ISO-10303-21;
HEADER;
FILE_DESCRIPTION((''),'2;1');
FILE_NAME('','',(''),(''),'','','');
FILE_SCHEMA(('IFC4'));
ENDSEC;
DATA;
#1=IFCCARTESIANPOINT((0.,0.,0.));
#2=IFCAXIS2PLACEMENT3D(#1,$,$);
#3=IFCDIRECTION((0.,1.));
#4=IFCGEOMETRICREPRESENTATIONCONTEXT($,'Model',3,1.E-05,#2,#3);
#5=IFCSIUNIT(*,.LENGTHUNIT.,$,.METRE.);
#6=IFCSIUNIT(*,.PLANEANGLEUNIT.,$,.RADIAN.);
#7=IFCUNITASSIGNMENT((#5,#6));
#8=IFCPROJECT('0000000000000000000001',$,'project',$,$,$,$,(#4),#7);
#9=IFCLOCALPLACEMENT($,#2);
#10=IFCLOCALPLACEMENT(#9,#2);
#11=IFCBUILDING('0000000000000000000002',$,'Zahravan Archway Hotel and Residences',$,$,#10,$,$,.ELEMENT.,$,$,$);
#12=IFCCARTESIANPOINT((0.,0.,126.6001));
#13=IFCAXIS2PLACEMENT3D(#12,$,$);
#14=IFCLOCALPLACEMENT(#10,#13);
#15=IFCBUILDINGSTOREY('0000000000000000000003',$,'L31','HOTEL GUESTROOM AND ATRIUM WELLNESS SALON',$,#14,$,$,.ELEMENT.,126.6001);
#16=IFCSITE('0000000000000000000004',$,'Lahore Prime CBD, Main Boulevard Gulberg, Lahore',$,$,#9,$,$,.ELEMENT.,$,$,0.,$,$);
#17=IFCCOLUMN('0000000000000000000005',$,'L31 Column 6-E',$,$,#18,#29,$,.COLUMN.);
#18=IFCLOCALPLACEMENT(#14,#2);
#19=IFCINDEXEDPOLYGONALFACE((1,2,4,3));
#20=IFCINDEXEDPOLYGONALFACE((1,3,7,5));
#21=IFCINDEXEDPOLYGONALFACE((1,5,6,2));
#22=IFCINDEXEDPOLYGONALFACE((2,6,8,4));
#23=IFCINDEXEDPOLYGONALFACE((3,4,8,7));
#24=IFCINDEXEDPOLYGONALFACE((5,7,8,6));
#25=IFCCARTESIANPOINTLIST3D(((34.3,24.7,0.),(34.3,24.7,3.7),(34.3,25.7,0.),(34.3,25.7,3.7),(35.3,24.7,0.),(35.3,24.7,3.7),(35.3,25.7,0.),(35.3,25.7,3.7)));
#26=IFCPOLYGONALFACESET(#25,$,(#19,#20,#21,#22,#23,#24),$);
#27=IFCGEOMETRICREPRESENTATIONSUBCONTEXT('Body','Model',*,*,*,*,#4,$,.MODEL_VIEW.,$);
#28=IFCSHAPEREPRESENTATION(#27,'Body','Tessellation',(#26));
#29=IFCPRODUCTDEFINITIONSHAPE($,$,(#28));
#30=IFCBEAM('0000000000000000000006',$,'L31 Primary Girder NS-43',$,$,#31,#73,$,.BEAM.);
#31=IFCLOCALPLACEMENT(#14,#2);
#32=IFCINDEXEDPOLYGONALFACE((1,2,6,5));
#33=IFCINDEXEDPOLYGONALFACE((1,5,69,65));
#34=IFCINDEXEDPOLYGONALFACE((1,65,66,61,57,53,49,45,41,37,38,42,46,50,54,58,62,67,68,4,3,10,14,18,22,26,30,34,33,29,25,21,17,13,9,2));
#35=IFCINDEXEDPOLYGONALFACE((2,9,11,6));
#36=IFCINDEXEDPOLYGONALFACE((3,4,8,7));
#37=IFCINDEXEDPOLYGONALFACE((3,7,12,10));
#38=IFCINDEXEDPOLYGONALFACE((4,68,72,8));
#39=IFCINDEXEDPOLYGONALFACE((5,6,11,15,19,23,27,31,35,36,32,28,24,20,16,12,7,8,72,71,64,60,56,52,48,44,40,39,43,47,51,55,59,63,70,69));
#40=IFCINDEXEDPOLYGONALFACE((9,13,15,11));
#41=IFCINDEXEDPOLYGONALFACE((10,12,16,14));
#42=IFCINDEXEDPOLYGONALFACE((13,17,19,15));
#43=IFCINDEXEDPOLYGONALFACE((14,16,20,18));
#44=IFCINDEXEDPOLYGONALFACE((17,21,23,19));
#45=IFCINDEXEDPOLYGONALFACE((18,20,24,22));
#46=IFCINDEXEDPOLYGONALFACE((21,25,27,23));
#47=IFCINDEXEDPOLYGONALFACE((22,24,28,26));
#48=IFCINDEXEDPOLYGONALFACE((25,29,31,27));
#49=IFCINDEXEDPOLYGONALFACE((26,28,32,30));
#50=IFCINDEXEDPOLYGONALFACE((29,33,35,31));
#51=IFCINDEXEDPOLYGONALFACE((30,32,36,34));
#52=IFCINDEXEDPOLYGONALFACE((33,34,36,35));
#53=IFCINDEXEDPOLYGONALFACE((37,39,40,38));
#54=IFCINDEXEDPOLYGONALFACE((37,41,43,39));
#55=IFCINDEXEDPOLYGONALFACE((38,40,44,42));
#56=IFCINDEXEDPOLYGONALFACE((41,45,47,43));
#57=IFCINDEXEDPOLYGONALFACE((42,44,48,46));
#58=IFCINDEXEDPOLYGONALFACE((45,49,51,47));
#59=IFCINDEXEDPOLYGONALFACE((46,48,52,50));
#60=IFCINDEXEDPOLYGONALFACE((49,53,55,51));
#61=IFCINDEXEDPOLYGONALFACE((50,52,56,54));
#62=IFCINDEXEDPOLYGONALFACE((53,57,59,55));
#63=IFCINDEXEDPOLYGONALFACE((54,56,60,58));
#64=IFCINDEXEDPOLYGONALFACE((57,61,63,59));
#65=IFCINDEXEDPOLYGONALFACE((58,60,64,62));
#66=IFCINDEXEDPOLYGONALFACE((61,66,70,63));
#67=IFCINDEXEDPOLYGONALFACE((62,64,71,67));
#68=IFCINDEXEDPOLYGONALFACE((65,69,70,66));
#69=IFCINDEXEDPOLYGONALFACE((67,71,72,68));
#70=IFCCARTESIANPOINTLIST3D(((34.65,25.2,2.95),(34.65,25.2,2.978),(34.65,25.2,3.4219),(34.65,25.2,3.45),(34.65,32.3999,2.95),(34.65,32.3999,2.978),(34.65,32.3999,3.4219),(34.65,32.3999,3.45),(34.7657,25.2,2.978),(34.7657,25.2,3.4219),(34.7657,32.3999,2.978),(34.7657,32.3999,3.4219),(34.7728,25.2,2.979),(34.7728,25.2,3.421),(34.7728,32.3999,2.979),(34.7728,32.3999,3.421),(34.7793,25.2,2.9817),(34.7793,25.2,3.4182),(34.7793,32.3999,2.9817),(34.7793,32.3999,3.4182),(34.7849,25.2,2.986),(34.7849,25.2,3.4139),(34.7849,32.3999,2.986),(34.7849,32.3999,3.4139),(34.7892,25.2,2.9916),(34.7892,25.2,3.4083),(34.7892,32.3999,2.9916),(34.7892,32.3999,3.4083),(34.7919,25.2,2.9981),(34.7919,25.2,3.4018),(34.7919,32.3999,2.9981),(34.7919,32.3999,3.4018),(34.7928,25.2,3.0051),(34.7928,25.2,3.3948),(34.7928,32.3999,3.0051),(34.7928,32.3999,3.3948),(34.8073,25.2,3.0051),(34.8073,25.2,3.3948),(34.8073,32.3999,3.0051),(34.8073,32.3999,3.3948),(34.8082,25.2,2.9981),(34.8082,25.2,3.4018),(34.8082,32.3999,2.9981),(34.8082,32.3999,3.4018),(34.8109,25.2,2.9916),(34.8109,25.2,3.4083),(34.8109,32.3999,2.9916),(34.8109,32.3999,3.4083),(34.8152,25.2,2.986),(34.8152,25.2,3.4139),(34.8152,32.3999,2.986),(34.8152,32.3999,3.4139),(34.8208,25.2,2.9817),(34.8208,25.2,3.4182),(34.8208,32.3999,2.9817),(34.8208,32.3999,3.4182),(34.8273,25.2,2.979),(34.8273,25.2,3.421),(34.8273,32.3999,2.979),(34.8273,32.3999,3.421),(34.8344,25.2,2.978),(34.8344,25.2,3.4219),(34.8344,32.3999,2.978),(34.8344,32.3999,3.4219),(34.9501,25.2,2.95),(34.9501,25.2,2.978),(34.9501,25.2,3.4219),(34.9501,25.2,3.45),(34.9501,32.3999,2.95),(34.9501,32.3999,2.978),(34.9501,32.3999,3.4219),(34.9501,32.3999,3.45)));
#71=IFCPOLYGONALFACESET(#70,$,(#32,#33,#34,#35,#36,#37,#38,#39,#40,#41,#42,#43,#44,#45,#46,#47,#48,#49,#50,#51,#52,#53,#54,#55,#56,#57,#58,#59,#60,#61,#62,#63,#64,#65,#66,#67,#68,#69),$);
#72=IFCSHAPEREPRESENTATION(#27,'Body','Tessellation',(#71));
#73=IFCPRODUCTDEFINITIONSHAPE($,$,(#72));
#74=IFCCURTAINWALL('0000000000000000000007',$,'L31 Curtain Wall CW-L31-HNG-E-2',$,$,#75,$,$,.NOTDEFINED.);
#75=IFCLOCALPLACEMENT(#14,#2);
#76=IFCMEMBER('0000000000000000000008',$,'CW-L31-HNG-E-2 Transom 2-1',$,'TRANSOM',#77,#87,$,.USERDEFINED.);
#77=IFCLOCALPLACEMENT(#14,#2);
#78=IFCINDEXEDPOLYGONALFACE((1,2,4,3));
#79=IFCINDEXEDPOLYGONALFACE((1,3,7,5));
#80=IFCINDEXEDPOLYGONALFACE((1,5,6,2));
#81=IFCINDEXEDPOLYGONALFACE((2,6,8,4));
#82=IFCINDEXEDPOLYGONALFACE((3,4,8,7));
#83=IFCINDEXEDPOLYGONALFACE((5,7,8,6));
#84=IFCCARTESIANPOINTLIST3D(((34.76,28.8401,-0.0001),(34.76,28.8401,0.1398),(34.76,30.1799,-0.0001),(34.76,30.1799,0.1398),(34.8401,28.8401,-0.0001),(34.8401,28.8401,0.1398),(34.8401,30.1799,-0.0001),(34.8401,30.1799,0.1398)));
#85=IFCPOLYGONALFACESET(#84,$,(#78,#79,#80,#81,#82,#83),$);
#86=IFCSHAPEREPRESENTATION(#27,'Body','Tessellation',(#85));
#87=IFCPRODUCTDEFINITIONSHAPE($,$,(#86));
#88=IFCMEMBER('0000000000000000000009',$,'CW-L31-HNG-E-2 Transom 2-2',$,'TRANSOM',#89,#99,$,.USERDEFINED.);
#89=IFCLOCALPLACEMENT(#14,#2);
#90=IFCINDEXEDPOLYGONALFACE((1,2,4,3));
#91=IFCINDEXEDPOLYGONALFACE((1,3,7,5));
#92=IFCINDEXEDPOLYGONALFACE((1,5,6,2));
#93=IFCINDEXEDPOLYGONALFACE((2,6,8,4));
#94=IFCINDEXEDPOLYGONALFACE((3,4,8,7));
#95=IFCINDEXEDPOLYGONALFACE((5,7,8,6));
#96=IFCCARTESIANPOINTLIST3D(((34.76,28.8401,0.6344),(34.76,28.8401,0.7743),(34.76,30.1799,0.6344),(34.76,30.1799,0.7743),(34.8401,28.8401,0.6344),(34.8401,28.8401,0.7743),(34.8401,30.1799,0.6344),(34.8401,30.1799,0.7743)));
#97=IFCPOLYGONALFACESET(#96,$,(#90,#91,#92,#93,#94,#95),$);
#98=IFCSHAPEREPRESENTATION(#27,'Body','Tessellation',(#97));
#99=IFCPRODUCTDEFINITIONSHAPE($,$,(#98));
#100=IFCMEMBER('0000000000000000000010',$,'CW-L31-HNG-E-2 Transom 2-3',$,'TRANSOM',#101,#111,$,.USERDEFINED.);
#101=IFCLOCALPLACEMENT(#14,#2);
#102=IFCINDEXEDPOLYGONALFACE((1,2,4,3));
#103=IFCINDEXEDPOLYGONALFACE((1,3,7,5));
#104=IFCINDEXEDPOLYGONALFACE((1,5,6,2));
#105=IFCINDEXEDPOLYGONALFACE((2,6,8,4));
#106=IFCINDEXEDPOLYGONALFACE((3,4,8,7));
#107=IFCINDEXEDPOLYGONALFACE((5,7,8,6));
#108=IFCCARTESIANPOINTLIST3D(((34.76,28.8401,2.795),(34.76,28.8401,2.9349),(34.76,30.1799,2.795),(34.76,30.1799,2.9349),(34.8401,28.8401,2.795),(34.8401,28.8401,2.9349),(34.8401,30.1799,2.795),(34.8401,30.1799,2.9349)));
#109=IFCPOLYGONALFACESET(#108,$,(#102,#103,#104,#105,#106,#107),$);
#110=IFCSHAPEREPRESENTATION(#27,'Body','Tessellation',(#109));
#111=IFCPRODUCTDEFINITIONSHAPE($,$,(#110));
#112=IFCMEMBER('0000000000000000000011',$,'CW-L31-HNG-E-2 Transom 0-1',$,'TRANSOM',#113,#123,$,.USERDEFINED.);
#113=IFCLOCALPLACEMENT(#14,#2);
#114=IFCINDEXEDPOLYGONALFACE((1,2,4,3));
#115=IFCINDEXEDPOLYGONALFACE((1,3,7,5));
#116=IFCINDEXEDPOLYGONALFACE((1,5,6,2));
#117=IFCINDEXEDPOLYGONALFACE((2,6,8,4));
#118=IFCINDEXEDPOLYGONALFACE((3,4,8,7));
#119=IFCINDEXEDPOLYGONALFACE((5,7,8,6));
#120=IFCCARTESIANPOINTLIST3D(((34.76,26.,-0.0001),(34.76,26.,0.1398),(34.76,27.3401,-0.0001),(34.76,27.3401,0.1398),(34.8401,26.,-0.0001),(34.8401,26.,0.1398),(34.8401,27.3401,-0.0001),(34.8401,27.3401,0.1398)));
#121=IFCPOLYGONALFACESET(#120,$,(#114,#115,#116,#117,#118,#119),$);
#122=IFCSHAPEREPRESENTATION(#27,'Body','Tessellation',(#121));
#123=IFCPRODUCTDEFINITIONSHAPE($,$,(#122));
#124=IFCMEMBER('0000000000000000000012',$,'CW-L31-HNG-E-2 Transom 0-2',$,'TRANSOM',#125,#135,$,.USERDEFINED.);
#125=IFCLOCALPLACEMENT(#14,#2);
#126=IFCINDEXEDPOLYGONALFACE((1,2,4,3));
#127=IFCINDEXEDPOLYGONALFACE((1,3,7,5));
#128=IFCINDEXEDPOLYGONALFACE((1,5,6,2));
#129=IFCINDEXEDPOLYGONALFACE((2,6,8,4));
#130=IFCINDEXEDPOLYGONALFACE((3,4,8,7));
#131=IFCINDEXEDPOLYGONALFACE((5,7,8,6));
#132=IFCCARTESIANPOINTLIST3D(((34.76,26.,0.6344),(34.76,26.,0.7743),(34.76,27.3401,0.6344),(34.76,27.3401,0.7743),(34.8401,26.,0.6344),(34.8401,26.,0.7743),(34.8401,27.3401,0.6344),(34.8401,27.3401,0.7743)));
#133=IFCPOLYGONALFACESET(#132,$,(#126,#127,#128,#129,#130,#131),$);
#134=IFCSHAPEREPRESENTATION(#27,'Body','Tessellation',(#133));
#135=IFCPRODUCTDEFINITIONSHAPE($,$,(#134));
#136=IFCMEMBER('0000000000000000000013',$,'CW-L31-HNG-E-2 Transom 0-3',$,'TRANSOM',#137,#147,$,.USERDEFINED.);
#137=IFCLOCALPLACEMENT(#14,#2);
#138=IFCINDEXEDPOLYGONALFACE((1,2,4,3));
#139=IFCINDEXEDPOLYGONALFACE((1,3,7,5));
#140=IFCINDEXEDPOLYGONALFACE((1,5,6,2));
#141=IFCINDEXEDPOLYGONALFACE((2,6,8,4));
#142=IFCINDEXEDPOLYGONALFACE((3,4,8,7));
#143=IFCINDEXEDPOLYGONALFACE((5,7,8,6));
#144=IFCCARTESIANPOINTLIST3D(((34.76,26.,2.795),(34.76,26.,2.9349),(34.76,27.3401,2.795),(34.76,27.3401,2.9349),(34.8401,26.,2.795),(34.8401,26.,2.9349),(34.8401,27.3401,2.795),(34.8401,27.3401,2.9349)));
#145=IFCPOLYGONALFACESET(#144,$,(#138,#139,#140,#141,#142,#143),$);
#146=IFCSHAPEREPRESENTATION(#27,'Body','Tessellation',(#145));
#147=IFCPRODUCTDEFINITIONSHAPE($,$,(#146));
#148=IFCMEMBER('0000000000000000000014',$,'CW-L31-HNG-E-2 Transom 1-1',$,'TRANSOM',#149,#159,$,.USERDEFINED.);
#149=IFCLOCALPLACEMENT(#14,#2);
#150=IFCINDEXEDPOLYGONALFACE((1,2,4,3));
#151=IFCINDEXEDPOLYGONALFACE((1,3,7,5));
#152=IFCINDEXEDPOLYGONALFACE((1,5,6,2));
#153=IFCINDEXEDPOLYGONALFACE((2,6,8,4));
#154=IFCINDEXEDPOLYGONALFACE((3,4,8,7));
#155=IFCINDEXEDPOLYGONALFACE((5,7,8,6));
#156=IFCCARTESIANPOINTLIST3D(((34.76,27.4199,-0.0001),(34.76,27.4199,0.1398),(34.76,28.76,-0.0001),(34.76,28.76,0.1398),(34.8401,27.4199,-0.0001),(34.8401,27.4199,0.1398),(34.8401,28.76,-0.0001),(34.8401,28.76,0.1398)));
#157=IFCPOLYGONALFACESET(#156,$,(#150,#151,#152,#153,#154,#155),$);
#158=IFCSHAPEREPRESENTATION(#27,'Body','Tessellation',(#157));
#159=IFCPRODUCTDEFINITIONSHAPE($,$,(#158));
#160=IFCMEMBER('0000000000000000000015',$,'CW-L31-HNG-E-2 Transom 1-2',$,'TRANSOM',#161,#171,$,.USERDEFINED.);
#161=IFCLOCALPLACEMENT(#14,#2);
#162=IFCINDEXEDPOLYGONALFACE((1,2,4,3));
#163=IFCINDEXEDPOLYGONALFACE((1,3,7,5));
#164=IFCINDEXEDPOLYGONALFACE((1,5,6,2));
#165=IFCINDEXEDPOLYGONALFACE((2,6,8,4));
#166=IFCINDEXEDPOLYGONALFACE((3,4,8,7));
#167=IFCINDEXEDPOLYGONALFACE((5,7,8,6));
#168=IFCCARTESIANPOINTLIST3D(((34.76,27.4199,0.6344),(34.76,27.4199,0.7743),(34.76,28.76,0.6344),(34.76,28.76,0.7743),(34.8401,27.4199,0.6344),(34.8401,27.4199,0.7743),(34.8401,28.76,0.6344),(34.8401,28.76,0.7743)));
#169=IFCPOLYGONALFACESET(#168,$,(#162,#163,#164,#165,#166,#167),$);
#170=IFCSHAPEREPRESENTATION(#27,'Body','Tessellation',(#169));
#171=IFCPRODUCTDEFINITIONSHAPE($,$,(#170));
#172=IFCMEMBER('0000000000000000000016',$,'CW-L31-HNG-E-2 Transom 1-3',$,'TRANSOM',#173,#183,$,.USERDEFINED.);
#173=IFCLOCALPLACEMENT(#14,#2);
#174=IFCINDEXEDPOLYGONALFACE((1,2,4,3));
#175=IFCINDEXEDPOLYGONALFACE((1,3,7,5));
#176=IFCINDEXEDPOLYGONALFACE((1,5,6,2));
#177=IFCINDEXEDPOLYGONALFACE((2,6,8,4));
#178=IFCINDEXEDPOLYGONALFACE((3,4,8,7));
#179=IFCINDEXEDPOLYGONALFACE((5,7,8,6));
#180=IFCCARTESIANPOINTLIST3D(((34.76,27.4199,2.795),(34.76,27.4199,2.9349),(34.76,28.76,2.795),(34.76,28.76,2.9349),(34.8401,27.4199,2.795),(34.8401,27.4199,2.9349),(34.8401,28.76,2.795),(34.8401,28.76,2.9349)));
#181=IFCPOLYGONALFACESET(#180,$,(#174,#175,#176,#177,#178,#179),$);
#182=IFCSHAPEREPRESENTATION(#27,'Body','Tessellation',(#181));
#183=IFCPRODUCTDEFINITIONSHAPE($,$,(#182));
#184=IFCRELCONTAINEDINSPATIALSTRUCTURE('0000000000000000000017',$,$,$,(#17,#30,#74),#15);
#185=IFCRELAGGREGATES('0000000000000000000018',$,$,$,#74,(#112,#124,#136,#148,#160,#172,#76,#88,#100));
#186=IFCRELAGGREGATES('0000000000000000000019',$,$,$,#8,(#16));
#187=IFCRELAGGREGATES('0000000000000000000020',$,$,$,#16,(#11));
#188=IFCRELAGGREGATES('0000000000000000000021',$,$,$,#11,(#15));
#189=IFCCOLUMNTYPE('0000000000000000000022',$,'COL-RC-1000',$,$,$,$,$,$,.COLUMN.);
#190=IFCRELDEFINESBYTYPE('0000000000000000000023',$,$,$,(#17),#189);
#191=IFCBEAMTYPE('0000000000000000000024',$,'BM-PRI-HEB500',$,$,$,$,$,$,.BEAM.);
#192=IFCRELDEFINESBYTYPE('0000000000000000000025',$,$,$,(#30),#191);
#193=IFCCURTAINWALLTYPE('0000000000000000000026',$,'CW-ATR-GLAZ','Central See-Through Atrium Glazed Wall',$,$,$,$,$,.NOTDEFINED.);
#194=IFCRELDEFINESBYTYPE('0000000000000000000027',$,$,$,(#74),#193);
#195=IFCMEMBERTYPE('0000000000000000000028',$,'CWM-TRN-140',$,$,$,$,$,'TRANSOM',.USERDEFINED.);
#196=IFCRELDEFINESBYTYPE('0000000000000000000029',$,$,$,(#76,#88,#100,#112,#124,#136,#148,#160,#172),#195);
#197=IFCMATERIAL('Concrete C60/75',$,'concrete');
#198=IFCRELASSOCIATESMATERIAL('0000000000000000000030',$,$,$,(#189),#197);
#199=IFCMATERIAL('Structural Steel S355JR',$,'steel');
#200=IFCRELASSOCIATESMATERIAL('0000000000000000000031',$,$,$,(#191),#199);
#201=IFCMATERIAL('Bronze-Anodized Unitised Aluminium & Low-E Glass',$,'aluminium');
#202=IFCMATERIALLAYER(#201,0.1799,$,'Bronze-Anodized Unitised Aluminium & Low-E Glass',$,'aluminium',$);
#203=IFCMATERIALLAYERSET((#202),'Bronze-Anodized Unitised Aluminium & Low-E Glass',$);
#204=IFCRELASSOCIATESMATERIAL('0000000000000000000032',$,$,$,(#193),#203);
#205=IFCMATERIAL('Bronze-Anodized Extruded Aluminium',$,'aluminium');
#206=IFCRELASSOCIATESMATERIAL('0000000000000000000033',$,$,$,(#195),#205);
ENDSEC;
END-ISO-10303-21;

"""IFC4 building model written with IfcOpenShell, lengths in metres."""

from ifc_helpers import new_model, si_unit, direction, frame, origin, origin_2d, place, context, subcontext, project, spatial, rectangle, i_section, extrude, source, transform, mapped, material, layer, layer_set, material_profile, profile_set, type_object, type_shapes, element, aggregate, save


model = new_model("IFC4")

# Units and contexts
model_context = context("Model", 3, precision=1e-05, world=origin(), true_north=direction((0.0, 1.0)))
body_context = subcontext(model_context, "Body", "Model", "MODEL_VIEW")
ifc_project = project(units=[si_unit("LENGTHUNIT", "METRE"), si_unit("PLANEANGLEUNIT", "RADIAN")], contexts=[model_context])

# Site, building, storey
site_placement = place(None, origin())
site = spatial("IfcSite", under=ifc_project, at=site_placement, Name="Lahore Prime CBD, Main Boulevard Gulberg, Lahore", CompositionType="ELEMENT", RefElevation=0.0)
building_placement = place(site_placement, origin())
building = spatial("IfcBuilding", under=site, at=building_placement, Name="Zahravan Archway Hotel and Residences", CompositionType="ELEMENT")
storey_placement = place(building_placement, frame((0.0, 0.0, 126.6001)))
storey = spatial("IfcBuildingStorey", under=building, at=storey_placement, Name="L31", Description="HOTEL GUESTROOM AND ATRIUM WELLNESS SALON", CompositionType="ELEMENT", Elevation=126.6001)

# Column
ifc_material_1 = material(Name="Concrete C60/75", Category="concrete")
ifc_material_profile_1 = material_profile(ifc_material_1, rectangle(XDim=1.0, YDim=1.0, at=origin_2d()), Name="RC-COL-1000x1000", Category="concrete")
ifc_profile_set_1 = profile_set([ifc_material_profile_1], Name="Concrete C60/75")
column_type = type_object("IfcColumnType", Name="COL-RC-1000", PredefinedType="COLUMN", material=ifc_profile_set_1)
shared_shape_1 = source(origin(), body_context, "Body", "SweptSolid", [
    extrude(rectangle(XDim=1.0, YDim=1.0, at=origin_2d()), origin(), (0.0, 0.0, 1.0), 3.7),
])
type_shapes(column_type, [shared_shape_1])
column_placement = place(storey_placement, frame((34.8, 25.2, 0.0), z_axis=(0.0, 0.0, 1.0), x_axis=(1.0, 0.0, 0.0)))
element("IfcColumn", 1, at=column_placement, inside=storey, type_object=column_type, Name="L31 Column 6-E", PredefinedType="COLUMN", context=body_context, shape_type="MappedRepresentation", body=[
    mapped(shared_shape_1, transform((0.0, 0.0, 0.0), scale=1.0)),
])

# Beam
ifc_material_2 = material(Name="Structural Steel S355JR", Category="steel")
ifc_material_profile_2 = material_profile(ifc_material_2, i_section(OverallWidth=0.3, OverallDepth=0.5, WebThickness=0.0144, FlangeThickness=0.0281, FilletRadius=0.0271, at=origin_2d()), Name="HEB 500", Category="steel")
ifc_profile_set_2 = profile_set([ifc_material_profile_2], Name="Structural Steel S355JR")
beam_type = type_object("IfcBeamType", Name="BM-PRI-HEB500", PredefinedType="BEAM", material=ifc_profile_set_2)
shared_shape_2 = source(origin(), body_context, "Body", "SweptSolid", [
    extrude(i_section(OverallWidth=0.3, OverallDepth=0.5, WebThickness=0.0144, FlangeThickness=0.0281, FilletRadius=0.0271, at=origin_2d()), origin(), (0.0, 0.0, 1.0), 7.2),
])
beam_placement = place(storey_placement, frame((34.8, 25.2, 3.2), z_axis=(0.0, 1.0, 0.0), x_axis=(-1.0, 0.0, 0.0)))
element("IfcBeam", 2, at=beam_placement, inside=storey, type_object=beam_type, Name="L31 Primary Girder NS-43", PredefinedType="BEAM", context=body_context, shape_type="MappedRepresentation", body=[
    mapped(shared_shape_2, transform((0.0, 0.0, 0.0), scale=1.0)),
])

# Curtain wall, members
ifc_material_3 = material(Name="Bronze-Anodized Unitised Aluminium & Low-E Glass", Category="aluminium")
ifc_layer_1 = layer(ifc_material_3, 0.1799, Name="Bronze-Anodized Unitised Aluminium & Low-E Glass", Category="aluminium")
ifc_layer_set_1 = layer_set([ifc_layer_1], Name="Bronze-Anodized Unitised Aluminium & Low-E Glass")
curtain_wall_type = type_object("IfcCurtainWallType", Name="CW-ATR-GLAZ", Description="Central See-Through Atrium Glazed Wall", PredefinedType="NOTDEFINED", material=ifc_layer_set_1)
curtain_wall_1_placement = place(storey_placement, origin())
curtain_wall_1 = element("IfcCurtainWall", 3, at=curtain_wall_1_placement, inside=storey, type_object=curtain_wall_type, Name="L31 Curtain Wall CW-L31-HNG-E-2", PredefinedType="NOTDEFINED")
ifc_material_4 = material(Name="Bronze-Anodized Extruded Aluminium", Category="aluminium")
ifc_material_profile_3 = material_profile(ifc_material_4, rectangle(XDim=0.0801, YDim=0.1399, at=origin_2d()), Name="TRN 80x140", Category="aluminium")
ifc_profile_set_3 = profile_set([ifc_material_profile_3], Name="Bronze-Anodized Extruded Aluminium")
member_type_1 = type_object("IfcMemberType", Name="CWM-TRN-140", ElementType="TRANSOM", PredefinedType="USERDEFINED", material=ifc_profile_set_3)
shared_shape_3 = source(origin(), body_context, "Body", "SweptSolid", [
    extrude(rectangle(XDim=0.0801, YDim=0.1399, at=origin_2d()), origin(), (0.0, 0.0, 1.0), 1.3398),
])
member_1_placement = place(storey_placement, frame((34.8, 28.8401, 0.0698), z_axis=(0.0, 1.0, 0.0), x_axis=(-1.0, 0.0, 0.0)))
member_1 = element("IfcMember", 4, at=member_1_placement, type_object=member_type_1, Name="CW-L31-HNG-E-2 Transom 2-1", ObjectType="TRANSOM", PredefinedType="USERDEFINED", context=body_context, shape_type="MappedRepresentation", body=[
    mapped(shared_shape_3, transform((0.0, 0.0, 0.0), scale=1.0)),
])
member_2_placement = place(storey_placement, frame((34.8, 28.8401, 0.7043), z_axis=(0.0, 1.0, 0.0), x_axis=(-1.0, 0.0, 0.0)))
member_2 = element("IfcMember", 5, at=member_2_placement, type_object=member_type_1, Name="CW-L31-HNG-E-2 Transom 2-2", ObjectType="TRANSOM", PredefinedType="USERDEFINED", context=body_context, shape_type="MappedRepresentation", body=[
    mapped(shared_shape_3, transform((0.0, 0.0, 0.0), scale=1.0)),
])
member_3_placement = place(storey_placement, frame((34.8, 28.8401, 2.865), z_axis=(0.0, 1.0, 0.0), x_axis=(-1.0, 0.0, 0.0)))
member_3 = element("IfcMember", 6, at=member_3_placement, type_object=member_type_1, Name="CW-L31-HNG-E-2 Transom 2-3", ObjectType="TRANSOM", PredefinedType="USERDEFINED", context=body_context, shape_type="MappedRepresentation", body=[
    mapped(shared_shape_3, transform((0.0, 0.0, 0.0), scale=1.0)),
])
shared_shape_4 = source(origin(), body_context, "Body", "SweptSolid", [
    extrude(rectangle(XDim=0.0801, YDim=0.1399, at=origin_2d()), origin(), (0.0, 0.0, 1.0), 1.3401),
])
member_4_placement = place(storey_placement, frame((34.8, 26.0, 0.0698), z_axis=(0.0, 1.0, 0.0), x_axis=(-1.0, 0.0, 0.0)))
member_4 = element("IfcMember", 7, at=member_4_placement, type_object=member_type_1, Name="CW-L31-HNG-E-2 Transom 0-1", ObjectType="TRANSOM", PredefinedType="USERDEFINED", context=body_context, shape_type="MappedRepresentation", body=[
    mapped(shared_shape_4, transform((0.0, 0.0, 0.0), scale=1.0)),
])
member_5_placement = place(storey_placement, frame((34.8, 26.0, 0.7043), z_axis=(0.0, 1.0, 0.0), x_axis=(-1.0, 0.0, 0.0)))
member_5 = element("IfcMember", 8, at=member_5_placement, type_object=member_type_1, Name="CW-L31-HNG-E-2 Transom 0-2", ObjectType="TRANSOM", PredefinedType="USERDEFINED", context=body_context, shape_type="MappedRepresentation", body=[
    mapped(shared_shape_4, transform((0.0, 0.0, 0.0), scale=1.0)),
])
member_6_placement = place(storey_placement, frame((34.8, 26.0, 2.865), z_axis=(0.0, 1.0, 0.0), x_axis=(-1.0, 0.0, 0.0)))
member_6 = element("IfcMember", 9, at=member_6_placement, type_object=member_type_1, Name="CW-L31-HNG-E-2 Transom 0-3", ObjectType="TRANSOM", PredefinedType="USERDEFINED", context=body_context, shape_type="MappedRepresentation", body=[
    mapped(shared_shape_4, transform((0.0, 0.0, 0.0), scale=1.0)),
])
member_7_placement = place(storey_placement, frame((34.8, 27.4199, 0.0698), z_axis=(0.0, 1.0, 0.0), x_axis=(-1.0, 0.0, 0.0)))
member_7 = element("IfcMember", 10, at=member_7_placement, type_object=member_type_1, Name="CW-L31-HNG-E-2 Transom 1-1", ObjectType="TRANSOM", PredefinedType="USERDEFINED", context=body_context, shape_type="MappedRepresentation", body=[
    mapped(shared_shape_4, transform((0.0, 0.0, 0.0), scale=1.0)),
])
member_8_placement = place(storey_placement, frame((34.8, 27.4199, 0.7043), z_axis=(0.0, 1.0, 0.0), x_axis=(-1.0, 0.0, 0.0)))
member_8 = element("IfcMember", 11, at=member_8_placement, type_object=member_type_1, Name="CW-L31-HNG-E-2 Transom 1-2", ObjectType="TRANSOM", PredefinedType="USERDEFINED", context=body_context, shape_type="MappedRepresentation", body=[
    mapped(shared_shape_4, transform((0.0, 0.0, 0.0), scale=1.0)),
])
member_9_placement = place(storey_placement, frame((34.8, 27.4199, 2.865), z_axis=(0.0, 1.0, 0.0), x_axis=(-1.0, 0.0, 0.0)))
member_9 = element("IfcMember", 12, at=member_9_placement, type_object=member_type_1, Name="CW-L31-HNG-E-2 Transom 1-3", ObjectType="TRANSOM", PredefinedType="USERDEFINED", context=body_context, shape_type="MappedRepresentation", body=[
    mapped(shared_shape_4, transform((0.0, 0.0, 0.0), scale=1.0)),
])

aggregate(curtain_wall_1, [member_4, member_5, member_6, member_7, member_8, member_9, member_1, member_2, member_3])

save(model, "model.ifc")
